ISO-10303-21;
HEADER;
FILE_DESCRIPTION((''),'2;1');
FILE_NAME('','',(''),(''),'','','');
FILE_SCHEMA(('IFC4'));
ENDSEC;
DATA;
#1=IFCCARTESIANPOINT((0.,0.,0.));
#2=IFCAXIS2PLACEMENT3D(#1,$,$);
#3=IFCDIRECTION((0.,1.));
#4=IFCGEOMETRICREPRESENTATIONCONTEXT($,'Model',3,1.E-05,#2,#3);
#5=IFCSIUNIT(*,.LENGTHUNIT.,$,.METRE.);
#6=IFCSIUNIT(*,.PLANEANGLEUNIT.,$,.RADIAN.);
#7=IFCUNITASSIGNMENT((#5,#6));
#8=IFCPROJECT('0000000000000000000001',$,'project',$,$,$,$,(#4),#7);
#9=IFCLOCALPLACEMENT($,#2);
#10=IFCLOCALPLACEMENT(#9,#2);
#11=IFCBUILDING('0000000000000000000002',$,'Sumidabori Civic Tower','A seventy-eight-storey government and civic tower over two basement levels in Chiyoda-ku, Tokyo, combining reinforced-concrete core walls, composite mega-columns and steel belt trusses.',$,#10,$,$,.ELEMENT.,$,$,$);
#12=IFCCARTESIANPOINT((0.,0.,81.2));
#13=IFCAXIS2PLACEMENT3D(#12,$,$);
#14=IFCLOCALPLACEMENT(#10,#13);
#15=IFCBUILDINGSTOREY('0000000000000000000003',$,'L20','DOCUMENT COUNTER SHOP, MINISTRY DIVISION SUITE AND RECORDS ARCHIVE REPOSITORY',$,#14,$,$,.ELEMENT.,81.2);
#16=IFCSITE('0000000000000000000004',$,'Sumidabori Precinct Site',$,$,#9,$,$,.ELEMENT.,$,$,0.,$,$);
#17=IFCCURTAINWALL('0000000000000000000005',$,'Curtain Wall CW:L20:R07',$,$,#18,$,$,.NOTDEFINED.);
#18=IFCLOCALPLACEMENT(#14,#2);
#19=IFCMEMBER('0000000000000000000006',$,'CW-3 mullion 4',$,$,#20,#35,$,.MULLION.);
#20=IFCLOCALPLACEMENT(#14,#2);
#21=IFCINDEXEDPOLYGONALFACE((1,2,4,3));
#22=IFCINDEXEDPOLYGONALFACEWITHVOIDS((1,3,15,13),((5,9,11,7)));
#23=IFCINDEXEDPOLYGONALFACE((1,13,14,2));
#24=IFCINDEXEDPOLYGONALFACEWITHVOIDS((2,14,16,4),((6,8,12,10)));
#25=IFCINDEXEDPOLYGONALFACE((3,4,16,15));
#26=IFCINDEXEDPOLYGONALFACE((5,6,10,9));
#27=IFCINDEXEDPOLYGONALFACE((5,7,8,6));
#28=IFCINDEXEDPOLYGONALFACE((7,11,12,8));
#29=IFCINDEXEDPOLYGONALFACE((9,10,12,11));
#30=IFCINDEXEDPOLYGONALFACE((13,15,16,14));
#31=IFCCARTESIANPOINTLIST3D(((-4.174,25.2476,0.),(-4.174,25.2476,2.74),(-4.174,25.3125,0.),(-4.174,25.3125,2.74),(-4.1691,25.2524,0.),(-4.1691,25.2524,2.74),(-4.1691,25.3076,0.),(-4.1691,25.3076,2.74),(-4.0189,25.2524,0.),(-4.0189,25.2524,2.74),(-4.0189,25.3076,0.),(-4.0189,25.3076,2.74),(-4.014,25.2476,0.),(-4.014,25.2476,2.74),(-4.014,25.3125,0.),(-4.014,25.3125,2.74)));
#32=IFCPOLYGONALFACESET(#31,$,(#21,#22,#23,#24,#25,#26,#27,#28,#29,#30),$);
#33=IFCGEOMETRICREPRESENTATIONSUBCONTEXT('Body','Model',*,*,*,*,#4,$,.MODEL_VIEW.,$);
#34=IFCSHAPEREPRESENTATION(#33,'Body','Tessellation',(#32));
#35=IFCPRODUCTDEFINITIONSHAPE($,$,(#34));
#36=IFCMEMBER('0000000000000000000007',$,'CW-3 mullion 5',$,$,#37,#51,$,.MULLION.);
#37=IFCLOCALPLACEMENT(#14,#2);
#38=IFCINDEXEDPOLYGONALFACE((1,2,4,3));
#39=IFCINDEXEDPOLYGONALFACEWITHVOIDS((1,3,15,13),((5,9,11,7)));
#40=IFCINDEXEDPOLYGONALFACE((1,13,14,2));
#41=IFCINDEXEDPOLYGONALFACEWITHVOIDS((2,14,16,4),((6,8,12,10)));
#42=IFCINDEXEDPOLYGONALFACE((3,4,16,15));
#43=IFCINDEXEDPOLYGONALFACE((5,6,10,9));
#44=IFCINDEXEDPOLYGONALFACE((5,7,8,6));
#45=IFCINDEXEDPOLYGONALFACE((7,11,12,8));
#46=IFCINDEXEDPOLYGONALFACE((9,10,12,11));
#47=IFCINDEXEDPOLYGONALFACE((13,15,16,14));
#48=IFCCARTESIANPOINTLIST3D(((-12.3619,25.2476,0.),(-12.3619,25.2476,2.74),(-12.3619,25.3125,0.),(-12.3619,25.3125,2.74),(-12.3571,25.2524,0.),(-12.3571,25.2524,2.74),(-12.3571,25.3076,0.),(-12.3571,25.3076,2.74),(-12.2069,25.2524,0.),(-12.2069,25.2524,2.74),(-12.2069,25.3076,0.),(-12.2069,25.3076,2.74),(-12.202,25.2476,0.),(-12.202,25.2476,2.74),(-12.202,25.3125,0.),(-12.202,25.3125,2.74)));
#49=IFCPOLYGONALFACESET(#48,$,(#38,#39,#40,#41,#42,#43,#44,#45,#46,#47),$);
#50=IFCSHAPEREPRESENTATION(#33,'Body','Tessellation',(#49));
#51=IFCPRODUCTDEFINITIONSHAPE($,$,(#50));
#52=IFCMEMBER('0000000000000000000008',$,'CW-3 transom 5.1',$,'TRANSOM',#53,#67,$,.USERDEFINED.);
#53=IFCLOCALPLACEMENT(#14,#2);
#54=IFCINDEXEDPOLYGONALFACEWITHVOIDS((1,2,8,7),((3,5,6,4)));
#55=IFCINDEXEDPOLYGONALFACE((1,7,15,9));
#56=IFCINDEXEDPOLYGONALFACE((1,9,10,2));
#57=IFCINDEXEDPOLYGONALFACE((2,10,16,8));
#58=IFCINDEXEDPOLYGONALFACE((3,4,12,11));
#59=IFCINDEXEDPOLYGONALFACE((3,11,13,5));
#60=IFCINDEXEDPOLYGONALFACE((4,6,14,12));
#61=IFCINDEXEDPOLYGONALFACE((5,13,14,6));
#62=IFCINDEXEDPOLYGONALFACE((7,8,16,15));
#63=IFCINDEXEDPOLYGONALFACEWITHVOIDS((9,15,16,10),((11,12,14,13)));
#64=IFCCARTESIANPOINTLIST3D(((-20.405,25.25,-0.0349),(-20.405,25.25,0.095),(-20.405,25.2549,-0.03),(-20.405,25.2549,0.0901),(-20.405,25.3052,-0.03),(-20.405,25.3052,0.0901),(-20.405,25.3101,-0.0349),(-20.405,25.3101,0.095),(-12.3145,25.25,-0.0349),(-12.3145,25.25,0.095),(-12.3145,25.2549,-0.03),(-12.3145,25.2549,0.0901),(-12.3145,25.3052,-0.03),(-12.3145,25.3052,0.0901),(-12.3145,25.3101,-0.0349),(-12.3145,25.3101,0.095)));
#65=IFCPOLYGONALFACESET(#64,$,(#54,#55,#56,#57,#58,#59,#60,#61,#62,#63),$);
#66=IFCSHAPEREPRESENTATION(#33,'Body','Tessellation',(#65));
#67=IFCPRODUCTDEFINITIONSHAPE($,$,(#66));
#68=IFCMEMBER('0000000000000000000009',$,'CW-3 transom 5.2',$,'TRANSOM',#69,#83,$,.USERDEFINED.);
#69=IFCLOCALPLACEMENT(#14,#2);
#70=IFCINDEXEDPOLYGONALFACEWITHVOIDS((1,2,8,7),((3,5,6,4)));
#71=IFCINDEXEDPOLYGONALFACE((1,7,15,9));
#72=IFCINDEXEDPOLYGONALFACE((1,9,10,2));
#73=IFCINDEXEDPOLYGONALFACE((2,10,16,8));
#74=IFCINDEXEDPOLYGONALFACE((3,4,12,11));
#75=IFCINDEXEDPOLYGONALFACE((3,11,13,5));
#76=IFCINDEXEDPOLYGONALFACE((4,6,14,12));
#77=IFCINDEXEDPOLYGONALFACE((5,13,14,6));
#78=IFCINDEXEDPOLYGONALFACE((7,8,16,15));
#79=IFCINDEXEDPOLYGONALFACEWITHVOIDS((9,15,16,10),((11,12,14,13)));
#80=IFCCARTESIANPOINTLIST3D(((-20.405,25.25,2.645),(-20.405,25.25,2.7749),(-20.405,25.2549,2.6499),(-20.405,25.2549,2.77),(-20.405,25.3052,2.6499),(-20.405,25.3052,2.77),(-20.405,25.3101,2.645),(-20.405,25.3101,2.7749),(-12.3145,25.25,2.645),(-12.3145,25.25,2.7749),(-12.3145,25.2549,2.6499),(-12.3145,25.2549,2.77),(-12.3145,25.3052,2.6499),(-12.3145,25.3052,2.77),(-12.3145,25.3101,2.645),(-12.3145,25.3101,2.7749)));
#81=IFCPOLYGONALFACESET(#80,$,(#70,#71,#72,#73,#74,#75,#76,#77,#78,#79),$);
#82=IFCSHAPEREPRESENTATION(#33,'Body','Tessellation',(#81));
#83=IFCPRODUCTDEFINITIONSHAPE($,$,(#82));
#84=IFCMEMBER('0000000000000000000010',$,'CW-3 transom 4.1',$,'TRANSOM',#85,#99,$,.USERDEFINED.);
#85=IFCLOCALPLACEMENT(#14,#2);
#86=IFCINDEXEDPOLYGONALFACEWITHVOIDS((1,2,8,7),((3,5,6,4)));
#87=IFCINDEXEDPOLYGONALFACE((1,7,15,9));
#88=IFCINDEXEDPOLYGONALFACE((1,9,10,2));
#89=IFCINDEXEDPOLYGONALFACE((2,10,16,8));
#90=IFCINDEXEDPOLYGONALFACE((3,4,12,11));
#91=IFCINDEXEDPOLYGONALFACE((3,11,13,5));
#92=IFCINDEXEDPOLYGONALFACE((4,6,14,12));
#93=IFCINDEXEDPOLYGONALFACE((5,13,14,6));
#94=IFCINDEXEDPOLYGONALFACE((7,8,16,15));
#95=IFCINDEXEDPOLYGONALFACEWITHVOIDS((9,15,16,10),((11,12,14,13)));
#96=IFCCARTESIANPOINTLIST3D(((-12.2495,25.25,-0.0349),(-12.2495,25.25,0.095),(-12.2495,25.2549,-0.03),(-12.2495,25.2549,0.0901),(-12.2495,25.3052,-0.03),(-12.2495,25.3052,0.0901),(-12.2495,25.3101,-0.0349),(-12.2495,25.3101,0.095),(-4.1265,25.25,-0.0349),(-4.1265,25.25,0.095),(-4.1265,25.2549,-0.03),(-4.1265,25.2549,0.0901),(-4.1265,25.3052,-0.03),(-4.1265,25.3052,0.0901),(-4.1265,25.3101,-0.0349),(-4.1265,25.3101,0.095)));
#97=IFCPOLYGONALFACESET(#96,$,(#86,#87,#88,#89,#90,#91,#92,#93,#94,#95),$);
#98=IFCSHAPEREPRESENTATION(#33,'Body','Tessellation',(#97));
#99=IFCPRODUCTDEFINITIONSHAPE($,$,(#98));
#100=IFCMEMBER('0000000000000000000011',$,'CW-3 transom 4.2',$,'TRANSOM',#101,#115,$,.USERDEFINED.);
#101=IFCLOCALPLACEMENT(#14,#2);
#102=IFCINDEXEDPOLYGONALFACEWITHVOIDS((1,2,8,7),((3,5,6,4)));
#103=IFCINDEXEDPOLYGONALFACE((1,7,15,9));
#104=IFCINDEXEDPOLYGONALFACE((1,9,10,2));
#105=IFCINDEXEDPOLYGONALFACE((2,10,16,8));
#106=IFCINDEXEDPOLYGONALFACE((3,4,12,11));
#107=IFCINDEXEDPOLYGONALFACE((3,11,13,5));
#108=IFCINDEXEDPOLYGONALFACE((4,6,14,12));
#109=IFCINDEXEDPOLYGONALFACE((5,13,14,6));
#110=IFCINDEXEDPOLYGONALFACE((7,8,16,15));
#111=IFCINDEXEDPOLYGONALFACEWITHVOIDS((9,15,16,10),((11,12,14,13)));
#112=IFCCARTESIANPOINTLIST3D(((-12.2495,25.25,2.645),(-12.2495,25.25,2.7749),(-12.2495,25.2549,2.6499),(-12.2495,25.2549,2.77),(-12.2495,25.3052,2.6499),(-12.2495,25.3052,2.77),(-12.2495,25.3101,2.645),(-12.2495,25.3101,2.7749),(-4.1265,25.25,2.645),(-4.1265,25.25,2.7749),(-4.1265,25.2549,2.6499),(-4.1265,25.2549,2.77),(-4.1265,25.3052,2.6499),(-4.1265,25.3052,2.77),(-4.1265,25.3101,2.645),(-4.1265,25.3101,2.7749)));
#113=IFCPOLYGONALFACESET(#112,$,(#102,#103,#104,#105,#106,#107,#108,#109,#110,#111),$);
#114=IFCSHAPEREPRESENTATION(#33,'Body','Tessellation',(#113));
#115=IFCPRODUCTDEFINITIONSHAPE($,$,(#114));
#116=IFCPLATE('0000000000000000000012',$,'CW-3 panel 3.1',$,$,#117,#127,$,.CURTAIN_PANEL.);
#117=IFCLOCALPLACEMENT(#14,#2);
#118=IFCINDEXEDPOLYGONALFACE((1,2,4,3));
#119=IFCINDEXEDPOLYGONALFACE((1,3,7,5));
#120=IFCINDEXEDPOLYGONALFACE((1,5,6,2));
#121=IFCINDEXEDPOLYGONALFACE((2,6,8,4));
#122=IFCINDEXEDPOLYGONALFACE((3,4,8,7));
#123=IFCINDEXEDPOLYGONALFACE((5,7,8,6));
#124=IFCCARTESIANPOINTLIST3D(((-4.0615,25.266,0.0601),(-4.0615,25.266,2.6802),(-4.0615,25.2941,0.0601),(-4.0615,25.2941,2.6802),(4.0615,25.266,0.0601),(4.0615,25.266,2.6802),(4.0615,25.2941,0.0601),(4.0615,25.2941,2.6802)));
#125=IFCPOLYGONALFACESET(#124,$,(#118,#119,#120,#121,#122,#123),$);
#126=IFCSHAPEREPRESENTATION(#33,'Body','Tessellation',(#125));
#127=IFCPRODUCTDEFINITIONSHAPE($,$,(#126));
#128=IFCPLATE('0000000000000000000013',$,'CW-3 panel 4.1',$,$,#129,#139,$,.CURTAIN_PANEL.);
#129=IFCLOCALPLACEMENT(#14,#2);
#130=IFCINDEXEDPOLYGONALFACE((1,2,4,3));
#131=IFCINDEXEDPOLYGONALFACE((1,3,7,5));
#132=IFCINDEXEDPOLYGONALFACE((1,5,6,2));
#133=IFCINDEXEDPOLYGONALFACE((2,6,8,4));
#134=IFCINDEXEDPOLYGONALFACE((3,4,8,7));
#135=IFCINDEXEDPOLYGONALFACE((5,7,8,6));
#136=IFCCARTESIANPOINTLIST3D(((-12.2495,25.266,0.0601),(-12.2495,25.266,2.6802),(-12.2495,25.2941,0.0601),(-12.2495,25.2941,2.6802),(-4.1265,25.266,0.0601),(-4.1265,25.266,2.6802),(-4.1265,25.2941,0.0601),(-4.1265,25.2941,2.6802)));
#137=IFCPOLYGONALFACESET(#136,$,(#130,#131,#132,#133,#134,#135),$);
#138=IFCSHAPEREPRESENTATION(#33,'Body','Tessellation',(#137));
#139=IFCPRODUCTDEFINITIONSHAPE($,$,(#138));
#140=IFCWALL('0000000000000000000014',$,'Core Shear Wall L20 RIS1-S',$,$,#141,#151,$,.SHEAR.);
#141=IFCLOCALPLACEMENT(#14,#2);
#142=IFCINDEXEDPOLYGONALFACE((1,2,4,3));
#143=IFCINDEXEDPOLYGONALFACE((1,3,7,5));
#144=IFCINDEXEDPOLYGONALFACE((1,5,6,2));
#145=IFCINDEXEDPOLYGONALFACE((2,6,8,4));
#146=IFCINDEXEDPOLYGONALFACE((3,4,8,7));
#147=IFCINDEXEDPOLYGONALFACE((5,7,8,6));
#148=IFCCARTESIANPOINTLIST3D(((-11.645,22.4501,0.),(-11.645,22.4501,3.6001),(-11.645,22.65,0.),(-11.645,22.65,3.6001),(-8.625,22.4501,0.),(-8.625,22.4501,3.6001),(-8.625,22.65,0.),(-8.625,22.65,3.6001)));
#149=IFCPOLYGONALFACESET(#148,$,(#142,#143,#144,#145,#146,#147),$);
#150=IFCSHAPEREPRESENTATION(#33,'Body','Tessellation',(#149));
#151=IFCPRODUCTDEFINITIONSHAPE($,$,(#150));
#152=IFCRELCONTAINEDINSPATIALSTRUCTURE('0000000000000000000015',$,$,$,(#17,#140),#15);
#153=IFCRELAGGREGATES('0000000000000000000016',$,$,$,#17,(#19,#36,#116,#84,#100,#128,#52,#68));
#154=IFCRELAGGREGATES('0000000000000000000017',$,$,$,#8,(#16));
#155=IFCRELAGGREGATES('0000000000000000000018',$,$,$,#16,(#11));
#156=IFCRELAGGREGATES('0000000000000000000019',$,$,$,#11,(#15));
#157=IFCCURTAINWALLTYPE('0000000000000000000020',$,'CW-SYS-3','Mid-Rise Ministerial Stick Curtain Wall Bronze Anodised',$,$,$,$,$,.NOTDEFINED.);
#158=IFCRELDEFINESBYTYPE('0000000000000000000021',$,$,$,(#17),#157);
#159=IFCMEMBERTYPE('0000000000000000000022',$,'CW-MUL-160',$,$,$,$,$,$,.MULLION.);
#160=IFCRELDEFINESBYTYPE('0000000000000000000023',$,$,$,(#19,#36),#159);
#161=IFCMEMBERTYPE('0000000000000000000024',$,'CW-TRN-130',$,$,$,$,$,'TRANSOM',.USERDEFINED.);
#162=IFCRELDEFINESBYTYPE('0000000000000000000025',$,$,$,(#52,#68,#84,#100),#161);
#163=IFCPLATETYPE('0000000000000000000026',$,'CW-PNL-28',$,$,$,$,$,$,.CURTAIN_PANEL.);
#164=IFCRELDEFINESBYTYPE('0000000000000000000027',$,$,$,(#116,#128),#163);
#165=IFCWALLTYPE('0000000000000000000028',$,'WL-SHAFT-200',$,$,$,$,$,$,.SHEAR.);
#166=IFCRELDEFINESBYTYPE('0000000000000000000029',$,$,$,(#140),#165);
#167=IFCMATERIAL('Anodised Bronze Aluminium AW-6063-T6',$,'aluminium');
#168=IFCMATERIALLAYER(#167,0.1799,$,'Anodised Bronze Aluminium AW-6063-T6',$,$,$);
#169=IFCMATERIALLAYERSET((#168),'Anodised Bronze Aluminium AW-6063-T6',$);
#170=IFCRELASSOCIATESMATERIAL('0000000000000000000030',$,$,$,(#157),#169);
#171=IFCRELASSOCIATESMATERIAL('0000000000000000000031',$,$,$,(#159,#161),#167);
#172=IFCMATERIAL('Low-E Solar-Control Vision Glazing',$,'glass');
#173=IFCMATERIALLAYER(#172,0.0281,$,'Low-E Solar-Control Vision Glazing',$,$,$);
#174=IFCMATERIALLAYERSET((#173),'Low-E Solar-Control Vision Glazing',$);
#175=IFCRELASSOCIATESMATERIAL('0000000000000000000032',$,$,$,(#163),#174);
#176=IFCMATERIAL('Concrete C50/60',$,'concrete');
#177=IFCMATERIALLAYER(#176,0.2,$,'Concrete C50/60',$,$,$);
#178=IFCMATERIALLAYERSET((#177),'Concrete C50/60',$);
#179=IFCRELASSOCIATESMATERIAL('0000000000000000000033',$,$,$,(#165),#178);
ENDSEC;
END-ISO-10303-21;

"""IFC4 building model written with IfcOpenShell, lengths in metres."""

from ifc_helpers import new_model, si_unit, direction, frame, frame_2d, origin, origin_2d, place, context, subcontext, project, spatial, rectangle, hollow_rectangle, extrude, source, transform, mapped, material, layer, layer_set, material_profile, profile_set, type_object, element, aggregate, save


model = new_model("IFC4")

# Units and contexts
model_context = context("Model", 3, precision=1e-05, world=origin(), true_north=direction((0.0, 1.0)))
body_context = subcontext(model_context, "Body", "Model", "MODEL_VIEW")
ifc_project = project(units=[si_unit("LENGTHUNIT", "METRE"), si_unit("PLANEANGLEUNIT", "RADIAN")], contexts=[model_context])

# Site, building, storey
site_placement = place(None, origin())
site = spatial("IfcSite", under=ifc_project, at=site_placement, Name="Sumidabori Precinct Site", CompositionType="ELEMENT", RefElevation=0.0)
building_placement = place(site_placement, origin())
building = spatial("IfcBuilding", under=site, at=building_placement, Name="Sumidabori Civic Tower", Description="A seventy-eight-storey government and civic tower over two basement levels in Chiyoda-ku, Tokyo, combining reinforced-concrete core walls, composite mega-columns and steel belt trusses.", CompositionType="ELEMENT")
storey_placement = place(building_placement, frame((0.0, 0.0, 81.2)))
storey = spatial("IfcBuildingStorey", under=building, at=storey_placement, Name="L20", Description="DOCUMENT COUNTER SHOP, MINISTRY DIVISION SUITE AND RECORDS ARCHIVE REPOSITORY", CompositionType="ELEMENT", Elevation=81.2)

# Curtain wall, members, plates
ifc_material_1 = material(Name="Anodised Bronze Aluminium AW-6063-T6", Category="aluminium")
ifc_layer_1 = layer(ifc_material_1, 0.1799, Name="Anodised Bronze Aluminium AW-6063-T6")
ifc_layer_set_1 = layer_set([ifc_layer_1], Name="Anodised Bronze Aluminium AW-6063-T6")
curtain_wall_type = type_object("IfcCurtainWallType", Name="CW-SYS-3", Description="Mid-Rise Ministerial Stick Curtain Wall Bronze Anodised", PredefinedType="NOTDEFINED", material=ifc_layer_set_1)
curtain_wall_placement = place(storey_placement, origin())
curtain_wall = element("IfcCurtainWall", 1, at=curtain_wall_placement, inside=storey, type_object=curtain_wall_type, Name="Curtain Wall CW:L20:R07", PredefinedType="NOTDEFINED")
ifc_material_profile_1 = material_profile(ifc_material_1, hollow_rectangle(XDim=0.0649, YDim=0.1599, WallThickness=0.0049, at=origin_2d()), Name="ALU MULLION 160x65")
ifc_profile_set_1 = profile_set([ifc_material_profile_1], Name="Anodised Bronze Aluminium AW-6063-T6")
member_type_1 = type_object("IfcMemberType", Name="CW-MUL-160", PredefinedType="MULLION", material=ifc_profile_set_1)
shared_shape_1 = source(origin(), body_context, "Body", "SweptSolid", [
    extrude(hollow_rectangle(XDim=0.0649, YDim=0.1599, WallThickness=0.0049, at=origin_2d()), origin(), (0.0, 0.0, 1.0), 2.74),
])
member_1_placement = place(storey_placement, frame((-4.094, 25.28, 0.0), z_axis=(0.0, 0.0, 1.0), x_axis=(0.0, -1.0, 0.0)))
member_1 = element("IfcMember", 2, at=member_1_placement, type_object=member_type_1, Name="CW-3 mullion 4", PredefinedType="MULLION", context=body_context, shape_type="MappedRepresentation", body=[
    mapped(shared_shape_1, transform((0.0, 0.0, 0.0), x_axis=(1.0, 0.0, 0.0), y_axis=(0.0, 1.0, 0.0), z_axis=(0.0, 0.0, 1.0), scale=1.0)),
])
member_2_placement = place(storey_placement, frame((-12.282, 25.28, 0.0), z_axis=(0.0, 0.0, 1.0), x_axis=(0.0, -1.0, 0.0)))
member_2 = element("IfcMember", 3, at=member_2_placement, type_object=member_type_1, Name="CW-3 mullion 5", PredefinedType="MULLION", context=body_context, shape_type="MappedRepresentation", body=[
    mapped(shared_shape_1, transform((0.0, 0.0, 0.0), x_axis=(1.0, 0.0, 0.0), y_axis=(0.0, 1.0, 0.0), z_axis=(0.0, 0.0, 1.0), scale=1.0)),
])
ifc_material_profile_2 = material_profile(ifc_material_1, hollow_rectangle(XDim=0.0601, YDim=0.1299, WallThickness=0.0049, at=origin_2d()), Name="ALU TRANSOM 130x60")
ifc_profile_set_2 = profile_set([ifc_material_profile_2], Name="Anodised Bronze Aluminium AW-6063-T6")
member_type_2 = type_object("IfcMemberType", Name="CW-TRN-130", ElementType="TRANSOM", PredefinedType="USERDEFINED", material=ifc_profile_set_2)
shared_shape_2 = source(origin(), body_context, "Body", "SweptSolid", [
    extrude(hollow_rectangle(XDim=0.0601, YDim=0.1299, WallThickness=0.0049, at=origin_2d()), origin(), (0.0, 0.0, 1.0), 8.0906),
])
member_3_placement = place(storey_placement, frame((-12.3145, 25.28, 0.03), z_axis=(-1.0, 0.0, 0.0), x_axis=(0.0, -1.0, 0.0)))
member_3 = element("IfcMember", 4, at=member_3_placement, type_object=member_type_2, Name="CW-3 transom 5.1", ObjectType="TRANSOM", PredefinedType="USERDEFINED", context=body_context, shape_type="MappedRepresentation", body=[
    mapped(shared_shape_2, transform((0.0, 0.0, 0.0), x_axis=(1.0, 0.0, 0.0), y_axis=(0.0, 1.0, 0.0), z_axis=(0.0, 0.0, 1.0), scale=1.0)),
])
member_4_placement = place(storey_placement, frame((-12.3145, 25.28, 2.71), z_axis=(-1.0, 0.0, 0.0), x_axis=(0.0, -1.0, 0.0)))
member_4 = element("IfcMember", 5, at=member_4_placement, type_object=member_type_2, Name="CW-3 transom 5.2", ObjectType="TRANSOM", PredefinedType="USERDEFINED", context=body_context, shape_type="MappedRepresentation", body=[
    mapped(shared_shape_2, transform((0.0, 0.0, 0.0), x_axis=(1.0, 0.0, 0.0), y_axis=(0.0, 1.0, 0.0), z_axis=(0.0, 0.0, 1.0), scale=1.0)),
])
shared_shape_3 = source(origin(), body_context, "Body", "SweptSolid", [
    extrude(hollow_rectangle(XDim=0.0601, YDim=0.1299, WallThickness=0.0049, at=origin_2d()), origin(), (0.0, 0.0, 1.0), 8.123),
])
member_5_placement = place(storey_placement, frame((-4.1265, 25.28, 0.03), z_axis=(-1.0, 0.0, 0.0), x_axis=(0.0, -1.0, 0.0)))
member_5 = element("IfcMember", 6, at=member_5_placement, type_object=member_type_2, Name="CW-3 transom 4.1", ObjectType="TRANSOM", PredefinedType="USERDEFINED", context=body_context, shape_type="MappedRepresentation", body=[
    mapped(shared_shape_3, transform((0.0, 0.0, 0.0), x_axis=(1.0, 0.0, 0.0), y_axis=(0.0, 1.0, 0.0), z_axis=(0.0, 0.0, 1.0), scale=1.0)),
])
member_6_placement = place(storey_placement, frame((-4.1265, 25.28, 2.71), z_axis=(-1.0, 0.0, 0.0), x_axis=(0.0, -1.0, 0.0)))
member_6 = element("IfcMember", 7, at=member_6_placement, type_object=member_type_2, Name="CW-3 transom 4.2", ObjectType="TRANSOM", PredefinedType="USERDEFINED", context=body_context, shape_type="MappedRepresentation", body=[
    mapped(shared_shape_3, transform((0.0, 0.0, 0.0), x_axis=(1.0, 0.0, 0.0), y_axis=(0.0, 1.0, 0.0), z_axis=(0.0, 0.0, 1.0), scale=1.0)),
])
ifc_material_2 = material(Name="Low-E Solar-Control Vision Glazing", Category="glass")
ifc_layer_2 = layer(ifc_material_2, 0.0281, Name="Low-E Solar-Control Vision Glazing")
ifc_layer_set_2 = layer_set([ifc_layer_2], Name="Low-E Solar-Control Vision Glazing")
plate_type = type_object("IfcPlateType", Name="CW-PNL-28", PredefinedType="CURTAIN_PANEL", material=ifc_layer_set_2)
shared_shape_4 = source(origin(), body_context, "Body", "SweptSolid", [
    extrude(rectangle(XDim=8.123, YDim=0.0281, at=origin_2d()), origin(), (0.0, 0.0, 1.0), 2.6201),
])
plate_1_placement = place(storey_placement, frame((0.0, 25.28, 0.0601), z_axis=(0.0, 0.0, 1.0), x_axis=(-1.0, 0.0, 0.0)))
plate_1 = element("IfcPlate", 8, at=plate_1_placement, type_object=plate_type, Name="CW-3 panel 3.1", PredefinedType="CURTAIN_PANEL", context=body_context, shape_type="MappedRepresentation", body=[
    mapped(shared_shape_4, transform((0.0, 0.0, 0.0), x_axis=(1.0, 0.0, 0.0), y_axis=(0.0, 1.0, 0.0), z_axis=(0.0, 0.0, 1.0), scale=1.0)),
])
plate_2_placement = place(storey_placement, frame((-8.188, 25.28, 0.0601), z_axis=(0.0, 0.0, 1.0), x_axis=(-1.0, 0.0, 0.0)))
plate_2 = element("IfcPlate", 9, at=plate_2_placement, type_object=plate_type, Name="CW-3 panel 4.1", PredefinedType="CURTAIN_PANEL", context=body_context, shape_type="MappedRepresentation", body=[
    mapped(shared_shape_4, transform((0.0, 0.0, 0.0), x_axis=(1.0, 0.0, 0.0), y_axis=(0.0, 1.0, 0.0), z_axis=(0.0, 0.0, 1.0), scale=1.0)),
])
aggregate(curtain_wall, [member_1, member_2, plate_1, member_5, member_6, plate_2, member_3, member_4])

# Wall
ifc_material_3 = material(Name="Concrete C50/60", Category="concrete")
ifc_layer_3 = layer(ifc_material_3, 0.2, Name="Concrete C50/60")
ifc_layer_set_3 = layer_set([ifc_layer_3], Name="Concrete C50/60")
wall_type_1 = type_object("IfcWallType", Name="WL-SHAFT-200", PredefinedType="SHEAR", material=ifc_layer_set_3)
shared_shape_5 = source(origin(), body_context, "Body", "SweptSolid", [
    extrude(rectangle(XDim=3.02, YDim=0.2, at=frame_2d((1.51, 0.0))), origin(), (0.0, 0.0, 1.0), 3.6001),
])
wall_1_placement = place(storey_placement, frame((-11.645, 22.55, 0.0), z_axis=(0.0, 0.0, 1.0), x_axis=(1.0, 0.0, 0.0)))
element("IfcWall", 10, at=wall_1_placement, inside=storey, type_object=wall_type_1, Name="Core Shear Wall L20 RIS1-S", PredefinedType="SHEAR", context=body_context, shape_type="MappedRepresentation", body=[
    mapped(shared_shape_5, transform((0.0, 0.0, 0.0), x_axis=(1.0, 0.0, 0.0), y_axis=(0.0, 1.0, 0.0), z_axis=(0.0, 0.0, 1.0), scale=1.0)),
])

save(model, "model.ifc")
